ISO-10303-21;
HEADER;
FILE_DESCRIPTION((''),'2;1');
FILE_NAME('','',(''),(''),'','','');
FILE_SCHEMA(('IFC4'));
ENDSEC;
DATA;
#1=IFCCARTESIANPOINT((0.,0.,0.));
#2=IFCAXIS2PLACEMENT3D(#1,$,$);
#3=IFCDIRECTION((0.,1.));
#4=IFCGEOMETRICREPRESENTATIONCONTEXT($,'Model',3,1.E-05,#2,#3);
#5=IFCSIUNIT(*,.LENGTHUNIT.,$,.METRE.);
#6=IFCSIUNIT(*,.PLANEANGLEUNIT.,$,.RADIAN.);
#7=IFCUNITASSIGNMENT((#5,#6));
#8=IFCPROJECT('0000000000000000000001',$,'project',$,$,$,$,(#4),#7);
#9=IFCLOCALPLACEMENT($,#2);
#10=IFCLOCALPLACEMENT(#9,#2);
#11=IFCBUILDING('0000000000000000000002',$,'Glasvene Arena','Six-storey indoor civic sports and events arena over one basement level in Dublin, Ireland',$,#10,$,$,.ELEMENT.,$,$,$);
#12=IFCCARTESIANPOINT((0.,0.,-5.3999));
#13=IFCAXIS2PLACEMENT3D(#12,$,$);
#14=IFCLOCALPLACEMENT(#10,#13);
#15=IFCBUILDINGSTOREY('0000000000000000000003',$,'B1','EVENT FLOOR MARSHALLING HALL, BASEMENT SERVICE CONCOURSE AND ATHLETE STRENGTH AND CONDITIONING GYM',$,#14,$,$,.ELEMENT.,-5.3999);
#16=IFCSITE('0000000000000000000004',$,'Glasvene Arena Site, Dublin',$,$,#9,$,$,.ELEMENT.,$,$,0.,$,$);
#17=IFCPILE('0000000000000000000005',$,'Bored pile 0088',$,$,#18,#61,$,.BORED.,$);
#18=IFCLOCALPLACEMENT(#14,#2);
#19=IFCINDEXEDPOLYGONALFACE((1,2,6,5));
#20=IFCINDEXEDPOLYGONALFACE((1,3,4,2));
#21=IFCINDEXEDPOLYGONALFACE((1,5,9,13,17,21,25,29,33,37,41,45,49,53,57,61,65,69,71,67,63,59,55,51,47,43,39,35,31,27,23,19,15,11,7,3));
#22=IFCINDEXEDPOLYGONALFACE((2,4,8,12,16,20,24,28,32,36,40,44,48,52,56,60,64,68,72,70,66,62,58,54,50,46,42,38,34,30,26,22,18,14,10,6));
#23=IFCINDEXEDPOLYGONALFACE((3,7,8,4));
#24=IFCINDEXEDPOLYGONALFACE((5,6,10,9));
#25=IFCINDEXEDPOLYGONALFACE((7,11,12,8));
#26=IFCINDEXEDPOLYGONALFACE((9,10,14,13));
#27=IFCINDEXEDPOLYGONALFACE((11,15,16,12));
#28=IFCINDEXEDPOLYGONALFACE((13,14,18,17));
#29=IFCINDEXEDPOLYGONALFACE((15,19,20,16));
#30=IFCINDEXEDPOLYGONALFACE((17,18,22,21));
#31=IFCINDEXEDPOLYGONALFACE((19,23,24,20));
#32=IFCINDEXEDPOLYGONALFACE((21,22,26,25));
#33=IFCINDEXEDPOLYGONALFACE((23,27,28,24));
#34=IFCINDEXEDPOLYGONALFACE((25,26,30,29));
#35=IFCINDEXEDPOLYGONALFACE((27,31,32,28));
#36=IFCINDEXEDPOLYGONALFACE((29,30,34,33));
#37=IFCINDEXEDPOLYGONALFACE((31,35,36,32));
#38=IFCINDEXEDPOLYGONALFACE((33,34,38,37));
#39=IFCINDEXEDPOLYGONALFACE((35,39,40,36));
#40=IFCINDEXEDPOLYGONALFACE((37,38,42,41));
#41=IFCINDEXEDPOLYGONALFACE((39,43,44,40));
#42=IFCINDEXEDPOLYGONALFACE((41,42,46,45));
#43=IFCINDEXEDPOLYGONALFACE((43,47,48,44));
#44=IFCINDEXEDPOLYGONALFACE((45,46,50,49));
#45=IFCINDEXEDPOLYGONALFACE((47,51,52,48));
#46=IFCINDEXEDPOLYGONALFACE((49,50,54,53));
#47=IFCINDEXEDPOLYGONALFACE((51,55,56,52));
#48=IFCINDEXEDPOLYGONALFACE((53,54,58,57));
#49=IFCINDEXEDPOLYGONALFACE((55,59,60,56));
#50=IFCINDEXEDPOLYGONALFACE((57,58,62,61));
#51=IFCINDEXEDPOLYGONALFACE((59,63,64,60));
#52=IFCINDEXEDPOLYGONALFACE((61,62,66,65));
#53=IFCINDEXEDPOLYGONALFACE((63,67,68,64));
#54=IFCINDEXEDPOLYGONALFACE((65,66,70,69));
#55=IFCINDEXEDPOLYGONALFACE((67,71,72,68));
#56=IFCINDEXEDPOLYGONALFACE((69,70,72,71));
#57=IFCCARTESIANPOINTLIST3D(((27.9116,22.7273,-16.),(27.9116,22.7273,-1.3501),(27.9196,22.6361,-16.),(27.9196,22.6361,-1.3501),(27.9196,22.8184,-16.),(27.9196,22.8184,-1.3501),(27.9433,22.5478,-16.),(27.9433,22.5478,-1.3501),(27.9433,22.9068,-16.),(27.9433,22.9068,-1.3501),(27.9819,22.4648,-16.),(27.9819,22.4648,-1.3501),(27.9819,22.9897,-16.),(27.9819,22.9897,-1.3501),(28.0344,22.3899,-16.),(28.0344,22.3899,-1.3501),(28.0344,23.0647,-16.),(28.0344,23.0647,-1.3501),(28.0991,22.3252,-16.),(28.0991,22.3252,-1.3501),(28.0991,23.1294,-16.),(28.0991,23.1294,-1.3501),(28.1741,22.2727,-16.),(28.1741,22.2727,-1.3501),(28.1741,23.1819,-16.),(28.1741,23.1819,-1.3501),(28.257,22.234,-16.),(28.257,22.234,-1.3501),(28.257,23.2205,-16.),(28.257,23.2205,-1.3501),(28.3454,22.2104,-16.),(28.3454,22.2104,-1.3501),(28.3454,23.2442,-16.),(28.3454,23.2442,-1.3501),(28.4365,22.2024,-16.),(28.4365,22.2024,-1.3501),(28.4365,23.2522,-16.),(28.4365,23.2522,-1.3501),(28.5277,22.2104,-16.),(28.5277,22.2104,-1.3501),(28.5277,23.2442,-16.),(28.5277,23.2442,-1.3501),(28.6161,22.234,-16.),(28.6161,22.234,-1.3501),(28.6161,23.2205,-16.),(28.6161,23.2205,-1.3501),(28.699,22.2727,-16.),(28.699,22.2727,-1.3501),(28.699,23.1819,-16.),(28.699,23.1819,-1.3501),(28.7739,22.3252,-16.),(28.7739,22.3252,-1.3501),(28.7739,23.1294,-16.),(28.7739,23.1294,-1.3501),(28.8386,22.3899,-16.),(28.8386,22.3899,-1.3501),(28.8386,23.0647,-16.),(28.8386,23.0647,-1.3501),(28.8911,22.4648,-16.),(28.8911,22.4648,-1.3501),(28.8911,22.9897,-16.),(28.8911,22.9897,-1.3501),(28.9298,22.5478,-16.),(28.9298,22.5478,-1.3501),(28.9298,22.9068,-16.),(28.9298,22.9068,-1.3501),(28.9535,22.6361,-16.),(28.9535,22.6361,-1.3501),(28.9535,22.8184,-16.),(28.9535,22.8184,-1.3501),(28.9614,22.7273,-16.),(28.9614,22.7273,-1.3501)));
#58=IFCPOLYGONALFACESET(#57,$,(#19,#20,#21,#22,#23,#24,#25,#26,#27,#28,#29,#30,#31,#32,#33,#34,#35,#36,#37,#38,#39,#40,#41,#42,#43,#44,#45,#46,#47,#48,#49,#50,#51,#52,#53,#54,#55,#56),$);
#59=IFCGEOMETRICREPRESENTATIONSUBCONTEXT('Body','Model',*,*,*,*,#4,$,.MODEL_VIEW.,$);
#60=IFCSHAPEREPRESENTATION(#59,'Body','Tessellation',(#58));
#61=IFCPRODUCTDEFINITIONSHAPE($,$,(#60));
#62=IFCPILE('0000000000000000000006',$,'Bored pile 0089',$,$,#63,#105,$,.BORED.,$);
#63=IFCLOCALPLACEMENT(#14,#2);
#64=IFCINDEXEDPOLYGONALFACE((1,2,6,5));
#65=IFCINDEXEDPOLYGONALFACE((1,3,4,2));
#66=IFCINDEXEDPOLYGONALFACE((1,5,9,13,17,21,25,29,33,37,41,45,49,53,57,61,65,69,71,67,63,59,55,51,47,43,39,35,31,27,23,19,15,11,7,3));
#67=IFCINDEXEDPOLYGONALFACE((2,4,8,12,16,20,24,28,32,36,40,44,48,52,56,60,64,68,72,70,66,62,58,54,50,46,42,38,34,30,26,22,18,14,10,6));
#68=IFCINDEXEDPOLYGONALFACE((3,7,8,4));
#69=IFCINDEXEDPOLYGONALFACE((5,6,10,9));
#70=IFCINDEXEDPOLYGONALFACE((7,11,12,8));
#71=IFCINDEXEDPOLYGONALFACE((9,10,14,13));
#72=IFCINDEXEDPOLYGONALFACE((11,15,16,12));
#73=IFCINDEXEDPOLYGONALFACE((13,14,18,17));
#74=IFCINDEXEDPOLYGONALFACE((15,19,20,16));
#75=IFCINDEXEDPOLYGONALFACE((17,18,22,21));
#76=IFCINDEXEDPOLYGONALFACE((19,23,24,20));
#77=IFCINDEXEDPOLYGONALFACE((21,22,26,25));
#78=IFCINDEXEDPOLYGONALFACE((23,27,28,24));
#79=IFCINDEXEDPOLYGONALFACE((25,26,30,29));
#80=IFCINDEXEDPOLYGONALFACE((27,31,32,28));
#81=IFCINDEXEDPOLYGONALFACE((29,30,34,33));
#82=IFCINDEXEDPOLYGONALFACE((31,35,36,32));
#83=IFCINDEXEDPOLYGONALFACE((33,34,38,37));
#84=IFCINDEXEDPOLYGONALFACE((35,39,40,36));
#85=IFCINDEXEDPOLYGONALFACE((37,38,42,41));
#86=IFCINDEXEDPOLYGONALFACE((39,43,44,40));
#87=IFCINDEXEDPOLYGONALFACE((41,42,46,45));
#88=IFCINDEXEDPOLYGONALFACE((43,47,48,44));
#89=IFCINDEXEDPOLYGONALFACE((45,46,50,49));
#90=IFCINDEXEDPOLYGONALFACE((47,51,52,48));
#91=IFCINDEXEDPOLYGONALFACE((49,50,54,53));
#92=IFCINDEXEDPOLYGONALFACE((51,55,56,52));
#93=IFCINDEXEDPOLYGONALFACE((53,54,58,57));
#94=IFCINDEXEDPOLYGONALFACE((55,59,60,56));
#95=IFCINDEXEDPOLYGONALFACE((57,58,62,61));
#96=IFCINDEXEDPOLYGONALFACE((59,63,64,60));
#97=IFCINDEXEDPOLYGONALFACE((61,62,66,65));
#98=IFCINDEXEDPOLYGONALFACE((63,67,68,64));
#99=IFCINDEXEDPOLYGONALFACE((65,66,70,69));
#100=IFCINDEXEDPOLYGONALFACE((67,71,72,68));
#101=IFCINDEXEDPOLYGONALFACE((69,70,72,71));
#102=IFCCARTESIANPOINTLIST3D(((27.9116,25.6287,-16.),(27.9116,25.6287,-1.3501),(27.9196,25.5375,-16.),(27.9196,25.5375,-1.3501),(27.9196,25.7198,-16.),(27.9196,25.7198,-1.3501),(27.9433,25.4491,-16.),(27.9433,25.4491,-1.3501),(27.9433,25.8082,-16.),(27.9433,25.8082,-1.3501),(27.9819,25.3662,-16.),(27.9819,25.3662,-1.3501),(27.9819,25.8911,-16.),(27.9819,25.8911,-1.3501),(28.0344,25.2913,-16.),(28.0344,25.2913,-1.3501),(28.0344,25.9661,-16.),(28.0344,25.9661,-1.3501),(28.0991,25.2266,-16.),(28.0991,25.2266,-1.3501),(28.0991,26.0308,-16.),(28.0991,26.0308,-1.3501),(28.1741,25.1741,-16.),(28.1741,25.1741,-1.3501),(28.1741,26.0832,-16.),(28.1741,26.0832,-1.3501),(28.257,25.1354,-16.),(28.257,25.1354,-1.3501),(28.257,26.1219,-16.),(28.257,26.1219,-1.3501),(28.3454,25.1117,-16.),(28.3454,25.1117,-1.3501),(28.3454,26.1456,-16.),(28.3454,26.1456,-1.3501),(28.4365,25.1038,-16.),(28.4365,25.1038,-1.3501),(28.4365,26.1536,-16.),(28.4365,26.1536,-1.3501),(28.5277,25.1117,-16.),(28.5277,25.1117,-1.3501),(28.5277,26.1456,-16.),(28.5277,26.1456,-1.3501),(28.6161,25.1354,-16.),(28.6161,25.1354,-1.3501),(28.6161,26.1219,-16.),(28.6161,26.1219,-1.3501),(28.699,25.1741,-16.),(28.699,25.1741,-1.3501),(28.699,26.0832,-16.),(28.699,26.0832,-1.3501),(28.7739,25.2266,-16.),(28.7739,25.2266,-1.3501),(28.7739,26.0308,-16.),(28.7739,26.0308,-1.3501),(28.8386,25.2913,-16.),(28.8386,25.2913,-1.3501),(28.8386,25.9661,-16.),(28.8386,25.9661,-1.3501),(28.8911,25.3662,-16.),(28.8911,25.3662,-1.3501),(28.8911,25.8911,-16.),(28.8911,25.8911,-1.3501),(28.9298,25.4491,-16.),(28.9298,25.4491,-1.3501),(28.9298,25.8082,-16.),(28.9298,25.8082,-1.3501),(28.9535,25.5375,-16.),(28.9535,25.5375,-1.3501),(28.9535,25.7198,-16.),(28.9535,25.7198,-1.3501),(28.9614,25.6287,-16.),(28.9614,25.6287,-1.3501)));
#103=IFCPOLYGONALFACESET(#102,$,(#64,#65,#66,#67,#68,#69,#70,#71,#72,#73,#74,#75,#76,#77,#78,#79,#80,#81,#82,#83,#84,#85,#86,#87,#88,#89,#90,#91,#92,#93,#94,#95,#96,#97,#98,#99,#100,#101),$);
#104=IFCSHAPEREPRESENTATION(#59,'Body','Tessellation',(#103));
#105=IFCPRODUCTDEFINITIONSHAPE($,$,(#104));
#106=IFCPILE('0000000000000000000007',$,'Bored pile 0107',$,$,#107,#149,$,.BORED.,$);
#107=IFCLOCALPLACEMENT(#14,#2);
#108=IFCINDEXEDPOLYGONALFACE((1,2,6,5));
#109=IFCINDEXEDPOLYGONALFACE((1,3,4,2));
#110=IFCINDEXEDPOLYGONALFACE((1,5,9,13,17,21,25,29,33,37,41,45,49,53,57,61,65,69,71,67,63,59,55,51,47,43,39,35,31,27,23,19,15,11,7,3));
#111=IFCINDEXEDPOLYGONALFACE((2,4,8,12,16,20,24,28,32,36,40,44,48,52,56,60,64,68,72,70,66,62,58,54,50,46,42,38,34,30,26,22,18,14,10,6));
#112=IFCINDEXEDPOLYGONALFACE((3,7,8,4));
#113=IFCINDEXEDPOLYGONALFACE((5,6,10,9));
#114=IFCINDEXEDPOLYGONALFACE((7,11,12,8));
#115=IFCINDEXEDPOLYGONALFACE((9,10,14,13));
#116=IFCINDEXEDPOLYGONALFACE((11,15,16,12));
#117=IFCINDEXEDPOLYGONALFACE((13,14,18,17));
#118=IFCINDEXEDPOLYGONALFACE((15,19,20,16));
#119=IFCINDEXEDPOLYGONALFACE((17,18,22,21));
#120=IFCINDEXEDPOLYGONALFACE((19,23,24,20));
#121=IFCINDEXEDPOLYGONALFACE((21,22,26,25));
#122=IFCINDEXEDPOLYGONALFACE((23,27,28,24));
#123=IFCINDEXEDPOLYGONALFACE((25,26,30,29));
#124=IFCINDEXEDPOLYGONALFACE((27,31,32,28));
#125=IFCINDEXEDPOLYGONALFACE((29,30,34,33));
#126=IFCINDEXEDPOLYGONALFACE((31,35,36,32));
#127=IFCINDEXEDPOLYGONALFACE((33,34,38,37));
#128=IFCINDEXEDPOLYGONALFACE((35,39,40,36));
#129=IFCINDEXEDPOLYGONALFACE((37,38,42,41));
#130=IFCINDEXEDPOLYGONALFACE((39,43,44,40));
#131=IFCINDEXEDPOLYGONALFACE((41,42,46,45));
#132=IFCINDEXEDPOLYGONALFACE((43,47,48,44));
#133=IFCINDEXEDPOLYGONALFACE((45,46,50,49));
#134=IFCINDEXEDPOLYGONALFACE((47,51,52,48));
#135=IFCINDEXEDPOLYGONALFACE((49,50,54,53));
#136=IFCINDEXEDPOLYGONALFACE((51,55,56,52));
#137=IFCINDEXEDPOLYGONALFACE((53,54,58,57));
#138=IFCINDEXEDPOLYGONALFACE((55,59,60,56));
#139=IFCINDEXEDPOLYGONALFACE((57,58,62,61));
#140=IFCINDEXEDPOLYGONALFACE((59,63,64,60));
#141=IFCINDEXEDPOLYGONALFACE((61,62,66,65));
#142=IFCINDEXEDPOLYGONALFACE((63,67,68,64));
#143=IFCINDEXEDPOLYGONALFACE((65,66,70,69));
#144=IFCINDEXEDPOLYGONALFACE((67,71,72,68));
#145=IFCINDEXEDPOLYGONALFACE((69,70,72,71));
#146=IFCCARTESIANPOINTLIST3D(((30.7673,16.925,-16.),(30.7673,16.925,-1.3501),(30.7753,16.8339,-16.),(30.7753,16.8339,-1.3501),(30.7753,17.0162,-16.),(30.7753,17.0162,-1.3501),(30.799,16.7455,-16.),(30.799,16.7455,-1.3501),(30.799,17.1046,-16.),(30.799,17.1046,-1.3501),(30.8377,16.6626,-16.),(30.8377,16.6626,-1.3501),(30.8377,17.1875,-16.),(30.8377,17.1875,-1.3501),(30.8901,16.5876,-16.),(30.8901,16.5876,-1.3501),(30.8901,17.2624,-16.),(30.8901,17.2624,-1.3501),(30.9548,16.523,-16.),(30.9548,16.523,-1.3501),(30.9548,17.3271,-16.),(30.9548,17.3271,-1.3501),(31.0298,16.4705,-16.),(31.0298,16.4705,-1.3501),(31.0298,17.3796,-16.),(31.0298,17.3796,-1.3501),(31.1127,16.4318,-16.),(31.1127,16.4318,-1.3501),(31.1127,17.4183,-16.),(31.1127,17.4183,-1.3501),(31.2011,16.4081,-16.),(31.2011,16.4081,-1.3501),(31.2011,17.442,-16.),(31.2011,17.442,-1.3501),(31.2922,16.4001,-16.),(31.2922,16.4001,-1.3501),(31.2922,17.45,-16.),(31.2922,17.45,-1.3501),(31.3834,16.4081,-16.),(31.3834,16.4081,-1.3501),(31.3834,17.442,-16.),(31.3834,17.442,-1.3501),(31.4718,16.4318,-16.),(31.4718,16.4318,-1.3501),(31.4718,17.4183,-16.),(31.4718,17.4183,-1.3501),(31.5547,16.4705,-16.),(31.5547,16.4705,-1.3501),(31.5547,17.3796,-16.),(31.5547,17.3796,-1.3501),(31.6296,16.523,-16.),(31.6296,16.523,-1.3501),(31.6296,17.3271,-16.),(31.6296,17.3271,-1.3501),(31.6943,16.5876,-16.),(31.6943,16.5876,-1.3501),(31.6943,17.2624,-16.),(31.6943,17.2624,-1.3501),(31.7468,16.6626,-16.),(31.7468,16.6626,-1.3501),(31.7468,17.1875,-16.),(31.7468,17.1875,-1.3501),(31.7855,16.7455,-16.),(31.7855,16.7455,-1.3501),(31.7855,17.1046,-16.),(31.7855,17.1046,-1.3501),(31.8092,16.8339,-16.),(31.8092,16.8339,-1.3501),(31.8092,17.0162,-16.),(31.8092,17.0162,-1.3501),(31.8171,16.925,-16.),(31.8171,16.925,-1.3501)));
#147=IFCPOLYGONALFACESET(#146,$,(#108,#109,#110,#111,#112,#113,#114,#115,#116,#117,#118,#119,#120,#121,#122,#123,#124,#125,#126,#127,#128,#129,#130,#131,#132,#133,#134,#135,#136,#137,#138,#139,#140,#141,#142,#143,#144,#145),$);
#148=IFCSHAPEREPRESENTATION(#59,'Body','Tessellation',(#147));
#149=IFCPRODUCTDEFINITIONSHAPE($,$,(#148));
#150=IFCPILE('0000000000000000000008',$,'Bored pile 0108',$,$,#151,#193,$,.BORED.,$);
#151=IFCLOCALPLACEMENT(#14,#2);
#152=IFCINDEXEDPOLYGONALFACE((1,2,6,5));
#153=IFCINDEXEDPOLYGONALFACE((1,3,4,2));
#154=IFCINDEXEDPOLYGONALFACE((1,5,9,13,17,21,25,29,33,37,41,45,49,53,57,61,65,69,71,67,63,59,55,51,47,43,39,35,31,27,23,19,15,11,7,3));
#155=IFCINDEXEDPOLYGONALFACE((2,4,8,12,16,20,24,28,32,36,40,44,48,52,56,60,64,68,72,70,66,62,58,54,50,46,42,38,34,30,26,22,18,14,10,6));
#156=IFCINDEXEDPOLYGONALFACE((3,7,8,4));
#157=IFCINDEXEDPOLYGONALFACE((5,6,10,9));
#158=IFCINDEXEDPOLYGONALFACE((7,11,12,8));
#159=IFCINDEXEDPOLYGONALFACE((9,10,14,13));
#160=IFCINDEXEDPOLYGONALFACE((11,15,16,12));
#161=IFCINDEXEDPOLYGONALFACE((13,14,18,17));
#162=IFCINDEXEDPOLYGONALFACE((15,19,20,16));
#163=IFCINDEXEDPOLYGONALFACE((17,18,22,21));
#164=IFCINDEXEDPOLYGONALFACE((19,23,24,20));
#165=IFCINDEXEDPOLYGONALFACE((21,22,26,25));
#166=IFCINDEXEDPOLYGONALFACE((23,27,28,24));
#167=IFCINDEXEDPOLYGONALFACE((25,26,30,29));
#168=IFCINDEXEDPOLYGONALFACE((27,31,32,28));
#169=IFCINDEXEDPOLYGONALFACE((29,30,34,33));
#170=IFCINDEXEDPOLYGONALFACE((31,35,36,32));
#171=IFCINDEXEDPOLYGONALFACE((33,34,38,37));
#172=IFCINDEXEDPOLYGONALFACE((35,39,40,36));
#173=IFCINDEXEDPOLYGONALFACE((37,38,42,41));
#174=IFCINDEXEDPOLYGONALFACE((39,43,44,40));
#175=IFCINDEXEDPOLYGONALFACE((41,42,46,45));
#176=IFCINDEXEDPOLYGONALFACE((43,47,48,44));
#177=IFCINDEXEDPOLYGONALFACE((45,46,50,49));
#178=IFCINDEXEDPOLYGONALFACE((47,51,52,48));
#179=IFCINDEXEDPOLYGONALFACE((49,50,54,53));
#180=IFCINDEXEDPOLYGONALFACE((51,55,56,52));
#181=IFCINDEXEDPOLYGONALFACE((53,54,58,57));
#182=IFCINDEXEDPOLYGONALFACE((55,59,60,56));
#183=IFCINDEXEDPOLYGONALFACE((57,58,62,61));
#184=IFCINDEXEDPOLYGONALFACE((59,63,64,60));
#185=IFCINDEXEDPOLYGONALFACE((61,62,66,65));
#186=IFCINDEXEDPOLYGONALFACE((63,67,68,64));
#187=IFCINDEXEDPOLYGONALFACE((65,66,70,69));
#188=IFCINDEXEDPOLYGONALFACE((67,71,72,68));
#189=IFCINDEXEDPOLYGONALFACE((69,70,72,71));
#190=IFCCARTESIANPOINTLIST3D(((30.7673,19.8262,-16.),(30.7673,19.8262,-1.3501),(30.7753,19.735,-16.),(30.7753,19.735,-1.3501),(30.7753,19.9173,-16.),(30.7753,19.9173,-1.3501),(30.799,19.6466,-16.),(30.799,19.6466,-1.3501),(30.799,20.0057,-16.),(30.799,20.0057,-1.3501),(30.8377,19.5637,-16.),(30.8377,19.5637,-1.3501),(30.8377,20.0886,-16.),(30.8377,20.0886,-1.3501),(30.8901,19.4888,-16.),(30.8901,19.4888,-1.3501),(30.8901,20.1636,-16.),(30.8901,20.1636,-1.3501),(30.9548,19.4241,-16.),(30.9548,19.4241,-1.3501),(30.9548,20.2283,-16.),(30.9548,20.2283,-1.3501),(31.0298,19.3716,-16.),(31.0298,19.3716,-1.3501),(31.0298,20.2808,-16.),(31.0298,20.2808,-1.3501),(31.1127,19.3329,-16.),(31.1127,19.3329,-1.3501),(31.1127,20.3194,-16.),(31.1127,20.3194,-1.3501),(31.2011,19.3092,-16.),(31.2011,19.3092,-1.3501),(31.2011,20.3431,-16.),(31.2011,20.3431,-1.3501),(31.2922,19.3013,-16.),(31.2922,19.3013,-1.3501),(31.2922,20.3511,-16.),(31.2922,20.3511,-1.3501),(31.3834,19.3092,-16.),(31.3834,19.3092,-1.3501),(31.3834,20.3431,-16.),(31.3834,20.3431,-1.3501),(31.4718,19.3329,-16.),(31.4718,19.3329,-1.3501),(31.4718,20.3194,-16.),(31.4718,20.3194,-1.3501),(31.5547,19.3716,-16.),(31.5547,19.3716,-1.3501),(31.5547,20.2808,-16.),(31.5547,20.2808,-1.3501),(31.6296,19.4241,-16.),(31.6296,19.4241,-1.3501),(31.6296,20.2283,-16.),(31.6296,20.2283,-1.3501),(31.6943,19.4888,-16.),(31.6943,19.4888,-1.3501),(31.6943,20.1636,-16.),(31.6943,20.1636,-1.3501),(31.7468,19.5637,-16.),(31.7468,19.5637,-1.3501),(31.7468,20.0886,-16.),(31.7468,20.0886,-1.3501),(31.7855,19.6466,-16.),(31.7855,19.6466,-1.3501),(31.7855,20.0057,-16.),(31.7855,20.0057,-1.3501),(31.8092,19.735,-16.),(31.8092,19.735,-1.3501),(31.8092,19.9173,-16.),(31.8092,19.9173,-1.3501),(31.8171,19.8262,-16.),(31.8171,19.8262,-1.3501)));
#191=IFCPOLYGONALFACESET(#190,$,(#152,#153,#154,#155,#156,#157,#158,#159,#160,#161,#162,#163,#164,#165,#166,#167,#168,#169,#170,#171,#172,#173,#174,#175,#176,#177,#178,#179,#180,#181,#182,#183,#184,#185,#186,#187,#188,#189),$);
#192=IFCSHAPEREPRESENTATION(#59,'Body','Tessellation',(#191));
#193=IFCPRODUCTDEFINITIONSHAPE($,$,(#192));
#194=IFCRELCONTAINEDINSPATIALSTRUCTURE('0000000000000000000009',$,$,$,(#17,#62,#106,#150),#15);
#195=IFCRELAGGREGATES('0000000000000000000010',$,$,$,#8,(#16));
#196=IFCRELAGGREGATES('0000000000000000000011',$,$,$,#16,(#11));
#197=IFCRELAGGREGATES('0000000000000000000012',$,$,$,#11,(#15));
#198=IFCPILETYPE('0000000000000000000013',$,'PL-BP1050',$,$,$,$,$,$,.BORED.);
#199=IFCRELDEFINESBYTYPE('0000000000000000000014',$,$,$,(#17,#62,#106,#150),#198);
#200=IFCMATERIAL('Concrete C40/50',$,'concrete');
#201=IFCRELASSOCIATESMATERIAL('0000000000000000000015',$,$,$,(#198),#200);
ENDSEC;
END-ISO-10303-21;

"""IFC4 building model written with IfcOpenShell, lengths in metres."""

from ifc_helpers import new_model, si_unit, direction, frame, origin, origin_2d, place, context, subcontext, project, spatial, circle, extrude, material, material_profile, profile_set, type_object, element, save


model = new_model("IFC4")

# Units and contexts
model_context = context("Model", 3, precision=1e-05, world=origin(), true_north=direction((0.0, 1.0)))
body_context = subcontext(model_context, "Body", "Model", "MODEL_VIEW")
ifc_project = project(units=[si_unit("LENGTHUNIT", "METRE"), si_unit("PLANEANGLEUNIT", "RADIAN")], contexts=[model_context])

# Site, building, storey
site_placement = place(None, origin())
site = spatial("IfcSite", under=ifc_project, at=site_placement, Name="Glasvene Arena Site, Dublin", CompositionType="ELEMENT", RefElevation=0.0)
building_placement = place(site_placement, origin())
building = spatial("IfcBuilding", under=site, at=building_placement, Name="Glasvene Arena", Description="Six-storey indoor civic sports and events arena over one basement level in Dublin, Ireland", CompositionType="ELEMENT")
storey_placement = place(building_placement, frame((0.0, 0.0, -5.3999)))
storey = spatial("IfcBuildingStorey", under=building, at=storey_placement, Name="B1", Description="EVENT FLOOR MARSHALLING HALL, BASEMENT SERVICE CONCOURSE AND ATHLETE STRENGTH AND CONDITIONING GYM", CompositionType="ELEMENT", Elevation=-5.3999)

# Piles
ifc_material_1 = material(Name="Concrete C40/50", Category="concrete")
ifc_material_profile_1 = material_profile(ifc_material_1, circle(Radius=0.5249, at=origin_2d()), Name="BORED PILE 1050")
ifc_profile_set_1 = profile_set([ifc_material_profile_1], Name="Concrete C40/50")
pile_type = type_object("IfcPileType", Name="PL-BP1050", PredefinedType="BORED", material=ifc_profile_set_1)
for number, where, z_axis, x_axis, name in (
    (1, (28.4365, 22.7273, -1.3501), (0.0, 0.0, -1.0), (1.0, 0.0, 0.0), "Bored pile 0088"),
    (2, (28.4365, 25.6287, -1.3501), (0.0, 0.0, -1.0), (1.0, 0.0, 0.0), "Bored pile 0089"),
    (3, (31.2922, 16.925, -1.3501), (0.0, 0.0, -1.0), (1.0, 0.0, 0.0), "Bored pile 0107"),
    (4, (31.2922, 19.8262, -1.3501), (0.0, 0.0, -1.0), (1.0, 0.0, 0.0), "Bored pile 0108"),
):
    element("IfcPile", number, at=place(storey_placement, frame(where, z_axis=z_axis, x_axis=x_axis)), inside=storey, type_object=pile_type, Name=name, PredefinedType="BORED", context=body_context, shape_type="SweptSolid", body=[
        extrude(circle(Radius=0.5249, at=origin_2d()), origin(), (0.0, 0.0, 1.0), 14.6499),
    ])

save(model, "model.ifc")
